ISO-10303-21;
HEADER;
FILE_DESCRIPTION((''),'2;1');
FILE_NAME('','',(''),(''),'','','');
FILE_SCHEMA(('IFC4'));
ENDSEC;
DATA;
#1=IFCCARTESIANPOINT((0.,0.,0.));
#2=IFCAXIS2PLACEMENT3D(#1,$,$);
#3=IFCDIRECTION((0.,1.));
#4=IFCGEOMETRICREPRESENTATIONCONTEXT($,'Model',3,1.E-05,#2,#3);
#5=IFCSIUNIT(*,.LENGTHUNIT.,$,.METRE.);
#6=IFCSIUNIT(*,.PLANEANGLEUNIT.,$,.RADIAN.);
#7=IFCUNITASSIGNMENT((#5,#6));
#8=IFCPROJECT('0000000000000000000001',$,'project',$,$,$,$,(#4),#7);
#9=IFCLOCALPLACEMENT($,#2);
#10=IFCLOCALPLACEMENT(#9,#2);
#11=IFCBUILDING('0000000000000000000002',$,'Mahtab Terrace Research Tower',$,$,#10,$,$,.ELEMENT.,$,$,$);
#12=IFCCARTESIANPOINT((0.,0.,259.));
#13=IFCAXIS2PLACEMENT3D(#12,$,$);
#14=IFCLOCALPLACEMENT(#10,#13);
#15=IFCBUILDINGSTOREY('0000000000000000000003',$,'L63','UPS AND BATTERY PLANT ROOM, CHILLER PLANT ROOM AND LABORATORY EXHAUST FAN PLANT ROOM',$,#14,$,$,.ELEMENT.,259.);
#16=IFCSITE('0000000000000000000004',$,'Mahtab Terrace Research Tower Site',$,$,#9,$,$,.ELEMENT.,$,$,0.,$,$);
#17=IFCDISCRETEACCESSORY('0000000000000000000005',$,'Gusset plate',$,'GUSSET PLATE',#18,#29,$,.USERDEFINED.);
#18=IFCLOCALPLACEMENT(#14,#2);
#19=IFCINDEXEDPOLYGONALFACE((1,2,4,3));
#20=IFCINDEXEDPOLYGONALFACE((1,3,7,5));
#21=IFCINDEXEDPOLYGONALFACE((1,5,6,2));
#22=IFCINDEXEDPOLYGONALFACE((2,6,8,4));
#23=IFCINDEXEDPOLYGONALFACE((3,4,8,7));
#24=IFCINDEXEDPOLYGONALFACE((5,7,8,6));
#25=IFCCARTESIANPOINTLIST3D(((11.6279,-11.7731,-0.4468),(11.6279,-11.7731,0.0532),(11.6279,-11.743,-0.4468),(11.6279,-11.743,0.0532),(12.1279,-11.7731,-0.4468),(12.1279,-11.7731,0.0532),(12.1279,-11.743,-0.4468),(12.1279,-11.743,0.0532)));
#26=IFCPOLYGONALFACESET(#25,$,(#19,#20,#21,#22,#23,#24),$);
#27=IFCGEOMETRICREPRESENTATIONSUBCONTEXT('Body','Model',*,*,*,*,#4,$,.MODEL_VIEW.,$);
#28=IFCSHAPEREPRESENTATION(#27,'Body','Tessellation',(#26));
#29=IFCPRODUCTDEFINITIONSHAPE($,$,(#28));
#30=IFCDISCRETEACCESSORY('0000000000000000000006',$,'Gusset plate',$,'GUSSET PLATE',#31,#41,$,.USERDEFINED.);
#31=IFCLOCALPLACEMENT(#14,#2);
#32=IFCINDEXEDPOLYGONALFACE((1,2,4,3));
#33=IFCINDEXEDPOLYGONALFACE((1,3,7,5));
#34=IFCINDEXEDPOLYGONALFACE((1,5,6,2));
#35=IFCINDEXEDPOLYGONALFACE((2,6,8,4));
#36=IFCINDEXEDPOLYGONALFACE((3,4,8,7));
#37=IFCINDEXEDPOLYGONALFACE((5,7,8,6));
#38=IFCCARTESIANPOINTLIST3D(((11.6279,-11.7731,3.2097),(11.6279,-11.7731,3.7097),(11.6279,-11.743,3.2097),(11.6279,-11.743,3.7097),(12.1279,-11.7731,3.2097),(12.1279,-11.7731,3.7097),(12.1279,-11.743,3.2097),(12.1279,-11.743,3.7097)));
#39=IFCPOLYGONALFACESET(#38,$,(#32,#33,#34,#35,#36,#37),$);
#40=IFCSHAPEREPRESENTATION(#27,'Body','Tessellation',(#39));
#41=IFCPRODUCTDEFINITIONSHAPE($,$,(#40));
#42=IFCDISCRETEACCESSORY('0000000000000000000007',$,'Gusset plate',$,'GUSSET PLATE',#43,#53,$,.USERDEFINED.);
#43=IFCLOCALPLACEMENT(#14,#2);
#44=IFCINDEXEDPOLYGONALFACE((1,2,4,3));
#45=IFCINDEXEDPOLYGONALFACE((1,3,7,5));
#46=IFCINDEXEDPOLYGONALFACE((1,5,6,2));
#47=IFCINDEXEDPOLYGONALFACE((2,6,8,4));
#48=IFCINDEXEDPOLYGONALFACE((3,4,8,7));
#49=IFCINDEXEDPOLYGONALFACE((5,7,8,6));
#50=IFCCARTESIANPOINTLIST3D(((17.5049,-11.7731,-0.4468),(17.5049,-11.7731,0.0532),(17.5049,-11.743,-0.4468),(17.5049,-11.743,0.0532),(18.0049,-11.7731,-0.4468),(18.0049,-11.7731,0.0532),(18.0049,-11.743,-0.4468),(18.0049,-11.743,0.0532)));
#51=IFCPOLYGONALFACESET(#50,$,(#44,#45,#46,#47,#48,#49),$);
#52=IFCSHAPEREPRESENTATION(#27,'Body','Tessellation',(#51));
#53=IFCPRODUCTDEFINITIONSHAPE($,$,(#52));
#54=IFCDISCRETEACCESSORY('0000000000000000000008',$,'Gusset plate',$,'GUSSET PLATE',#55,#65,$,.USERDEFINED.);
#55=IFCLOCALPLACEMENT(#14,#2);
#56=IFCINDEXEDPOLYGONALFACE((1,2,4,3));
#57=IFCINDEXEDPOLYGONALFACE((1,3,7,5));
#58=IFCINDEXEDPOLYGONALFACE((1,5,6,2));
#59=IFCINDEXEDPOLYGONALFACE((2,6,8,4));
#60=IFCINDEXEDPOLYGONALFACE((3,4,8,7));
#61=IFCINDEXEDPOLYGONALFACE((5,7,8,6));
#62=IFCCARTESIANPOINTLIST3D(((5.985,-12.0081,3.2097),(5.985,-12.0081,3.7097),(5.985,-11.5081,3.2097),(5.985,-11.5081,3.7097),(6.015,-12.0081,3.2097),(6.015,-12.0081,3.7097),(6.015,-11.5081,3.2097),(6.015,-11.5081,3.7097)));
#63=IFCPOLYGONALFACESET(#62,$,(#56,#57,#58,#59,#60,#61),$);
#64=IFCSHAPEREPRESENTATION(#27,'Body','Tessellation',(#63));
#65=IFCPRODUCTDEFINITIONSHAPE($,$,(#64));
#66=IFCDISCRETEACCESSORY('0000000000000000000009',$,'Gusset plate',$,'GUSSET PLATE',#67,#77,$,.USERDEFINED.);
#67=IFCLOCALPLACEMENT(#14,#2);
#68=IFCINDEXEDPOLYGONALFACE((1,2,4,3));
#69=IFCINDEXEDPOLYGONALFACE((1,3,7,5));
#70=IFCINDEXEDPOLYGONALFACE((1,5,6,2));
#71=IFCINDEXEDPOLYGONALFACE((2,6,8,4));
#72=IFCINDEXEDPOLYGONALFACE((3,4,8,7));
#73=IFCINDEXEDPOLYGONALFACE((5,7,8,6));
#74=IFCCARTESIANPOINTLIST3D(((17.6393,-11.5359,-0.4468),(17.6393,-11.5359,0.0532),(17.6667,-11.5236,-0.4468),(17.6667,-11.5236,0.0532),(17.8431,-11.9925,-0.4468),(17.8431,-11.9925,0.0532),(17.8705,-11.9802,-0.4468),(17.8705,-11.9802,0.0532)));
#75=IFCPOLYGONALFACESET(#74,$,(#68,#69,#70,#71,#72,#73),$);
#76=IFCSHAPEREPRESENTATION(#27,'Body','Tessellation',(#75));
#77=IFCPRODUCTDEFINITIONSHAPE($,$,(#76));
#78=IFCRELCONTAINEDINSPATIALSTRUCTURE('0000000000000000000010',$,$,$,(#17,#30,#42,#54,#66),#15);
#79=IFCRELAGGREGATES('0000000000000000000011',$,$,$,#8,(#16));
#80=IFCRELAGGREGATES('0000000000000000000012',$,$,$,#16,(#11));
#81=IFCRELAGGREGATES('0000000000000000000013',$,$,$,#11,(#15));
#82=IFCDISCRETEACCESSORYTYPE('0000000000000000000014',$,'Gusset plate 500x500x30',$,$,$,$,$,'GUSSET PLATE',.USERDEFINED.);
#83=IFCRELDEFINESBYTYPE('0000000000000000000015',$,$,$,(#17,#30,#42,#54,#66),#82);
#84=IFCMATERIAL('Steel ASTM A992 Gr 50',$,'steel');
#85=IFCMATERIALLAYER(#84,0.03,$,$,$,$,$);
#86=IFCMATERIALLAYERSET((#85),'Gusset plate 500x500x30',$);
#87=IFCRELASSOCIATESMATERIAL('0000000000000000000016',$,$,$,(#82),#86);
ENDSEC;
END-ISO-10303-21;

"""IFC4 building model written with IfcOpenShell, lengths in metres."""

from ifc_helpers import new_model, si_unit, direction, frame, origin, origin_2d, place, context, subcontext, project, spatial, rectangle, extrude, material, layer, layer_set, type_object, element, save


model = new_model("IFC4")

# Units and contexts
model_context = context("Model", 3, precision=1e-05, world=origin(), true_north=direction((0.0, 1.0)))
body_context = subcontext(model_context, "Body", "Model", "MODEL_VIEW")
ifc_project = project(units=[si_unit("LENGTHUNIT", "METRE"), si_unit("PLANEANGLEUNIT", "RADIAN")], contexts=[model_context])

# Site, building, storey
site_placement = place(None, origin())
site = spatial("IfcSite", under=ifc_project, at=site_placement, Name="Mahtab Terrace Research Tower Site", CompositionType="ELEMENT", RefElevation=0.0)
building_placement = place(site_placement, origin())
building = spatial("IfcBuilding", under=site, at=building_placement, Name="Mahtab Terrace Research Tower", CompositionType="ELEMENT")
storey_placement = place(building_placement, frame((0.0, 0.0, 259.0)))
storey = spatial("IfcBuildingStorey", under=building, at=storey_placement, Name="L63", Description="UPS AND BATTERY PLANT ROOM, CHILLER PLANT ROOM AND LABORATORY EXHAUST FAN PLANT ROOM", CompositionType="ELEMENT", Elevation=259.0)

# Shared definitions
ifc_material_1 = material(Name="Steel ASTM A992 Gr 50", Category="steel")

# Discrete accessories
ifc_layer_1 = layer(ifc_material_1, 0.03)
ifc_layer_set_1 = layer_set([ifc_layer_1], Name="Gusset plate 500x500x30")
discrete_accessory_type = type_object("IfcDiscreteAccessoryType", Name="Gusset plate 500x500x30", ElementType="GUSSET PLATE", PredefinedType="USERDEFINED", material=ifc_layer_set_1)
for number, where, z_axis, x_axis, name in (
    (1, (11.8779, -11.7581, -0.4468), (0.0, 0.0, 1.0), (1.0, 0.0, 0.0), "Gusset plate"),
    (2, (11.8779, -11.7581, 3.2097), (0.0, 0.0, 1.0), (1.0, 0.0, 0.0), "Gusset plate"),
    (3, (17.7549, -11.7581, -0.4468), (0.0, 0.0, 1.0), (1.0, 0.0, 0.0), "Gusset plate"),
    (4, (6.0, -11.7581, 3.2097), (0.0, 0.0, 1.0), (0.0, 1.0, 0.0), "Gusset plate"),
    (5, (17.7549, -11.7581, -0.4468), (0.0, 0.0, 1.0), (-0.407534, 0.91319, 0.0), "Gusset plate"),
):
    element("IfcDiscreteAccessory", number, at=place(storey_placement, frame(where, z_axis=z_axis, x_axis=x_axis)), inside=storey, type_object=discrete_accessory_type, Name=name, ObjectType="GUSSET PLATE", PredefinedType="USERDEFINED", context=body_context, shape_type="SweptSolid", body=[
        extrude(rectangle(XDim=0.5, YDim=0.03, at=origin_2d()), origin(), (0.0, 0.0, 1.0), 0.5),
    ])

save(model, "model.ifc")
